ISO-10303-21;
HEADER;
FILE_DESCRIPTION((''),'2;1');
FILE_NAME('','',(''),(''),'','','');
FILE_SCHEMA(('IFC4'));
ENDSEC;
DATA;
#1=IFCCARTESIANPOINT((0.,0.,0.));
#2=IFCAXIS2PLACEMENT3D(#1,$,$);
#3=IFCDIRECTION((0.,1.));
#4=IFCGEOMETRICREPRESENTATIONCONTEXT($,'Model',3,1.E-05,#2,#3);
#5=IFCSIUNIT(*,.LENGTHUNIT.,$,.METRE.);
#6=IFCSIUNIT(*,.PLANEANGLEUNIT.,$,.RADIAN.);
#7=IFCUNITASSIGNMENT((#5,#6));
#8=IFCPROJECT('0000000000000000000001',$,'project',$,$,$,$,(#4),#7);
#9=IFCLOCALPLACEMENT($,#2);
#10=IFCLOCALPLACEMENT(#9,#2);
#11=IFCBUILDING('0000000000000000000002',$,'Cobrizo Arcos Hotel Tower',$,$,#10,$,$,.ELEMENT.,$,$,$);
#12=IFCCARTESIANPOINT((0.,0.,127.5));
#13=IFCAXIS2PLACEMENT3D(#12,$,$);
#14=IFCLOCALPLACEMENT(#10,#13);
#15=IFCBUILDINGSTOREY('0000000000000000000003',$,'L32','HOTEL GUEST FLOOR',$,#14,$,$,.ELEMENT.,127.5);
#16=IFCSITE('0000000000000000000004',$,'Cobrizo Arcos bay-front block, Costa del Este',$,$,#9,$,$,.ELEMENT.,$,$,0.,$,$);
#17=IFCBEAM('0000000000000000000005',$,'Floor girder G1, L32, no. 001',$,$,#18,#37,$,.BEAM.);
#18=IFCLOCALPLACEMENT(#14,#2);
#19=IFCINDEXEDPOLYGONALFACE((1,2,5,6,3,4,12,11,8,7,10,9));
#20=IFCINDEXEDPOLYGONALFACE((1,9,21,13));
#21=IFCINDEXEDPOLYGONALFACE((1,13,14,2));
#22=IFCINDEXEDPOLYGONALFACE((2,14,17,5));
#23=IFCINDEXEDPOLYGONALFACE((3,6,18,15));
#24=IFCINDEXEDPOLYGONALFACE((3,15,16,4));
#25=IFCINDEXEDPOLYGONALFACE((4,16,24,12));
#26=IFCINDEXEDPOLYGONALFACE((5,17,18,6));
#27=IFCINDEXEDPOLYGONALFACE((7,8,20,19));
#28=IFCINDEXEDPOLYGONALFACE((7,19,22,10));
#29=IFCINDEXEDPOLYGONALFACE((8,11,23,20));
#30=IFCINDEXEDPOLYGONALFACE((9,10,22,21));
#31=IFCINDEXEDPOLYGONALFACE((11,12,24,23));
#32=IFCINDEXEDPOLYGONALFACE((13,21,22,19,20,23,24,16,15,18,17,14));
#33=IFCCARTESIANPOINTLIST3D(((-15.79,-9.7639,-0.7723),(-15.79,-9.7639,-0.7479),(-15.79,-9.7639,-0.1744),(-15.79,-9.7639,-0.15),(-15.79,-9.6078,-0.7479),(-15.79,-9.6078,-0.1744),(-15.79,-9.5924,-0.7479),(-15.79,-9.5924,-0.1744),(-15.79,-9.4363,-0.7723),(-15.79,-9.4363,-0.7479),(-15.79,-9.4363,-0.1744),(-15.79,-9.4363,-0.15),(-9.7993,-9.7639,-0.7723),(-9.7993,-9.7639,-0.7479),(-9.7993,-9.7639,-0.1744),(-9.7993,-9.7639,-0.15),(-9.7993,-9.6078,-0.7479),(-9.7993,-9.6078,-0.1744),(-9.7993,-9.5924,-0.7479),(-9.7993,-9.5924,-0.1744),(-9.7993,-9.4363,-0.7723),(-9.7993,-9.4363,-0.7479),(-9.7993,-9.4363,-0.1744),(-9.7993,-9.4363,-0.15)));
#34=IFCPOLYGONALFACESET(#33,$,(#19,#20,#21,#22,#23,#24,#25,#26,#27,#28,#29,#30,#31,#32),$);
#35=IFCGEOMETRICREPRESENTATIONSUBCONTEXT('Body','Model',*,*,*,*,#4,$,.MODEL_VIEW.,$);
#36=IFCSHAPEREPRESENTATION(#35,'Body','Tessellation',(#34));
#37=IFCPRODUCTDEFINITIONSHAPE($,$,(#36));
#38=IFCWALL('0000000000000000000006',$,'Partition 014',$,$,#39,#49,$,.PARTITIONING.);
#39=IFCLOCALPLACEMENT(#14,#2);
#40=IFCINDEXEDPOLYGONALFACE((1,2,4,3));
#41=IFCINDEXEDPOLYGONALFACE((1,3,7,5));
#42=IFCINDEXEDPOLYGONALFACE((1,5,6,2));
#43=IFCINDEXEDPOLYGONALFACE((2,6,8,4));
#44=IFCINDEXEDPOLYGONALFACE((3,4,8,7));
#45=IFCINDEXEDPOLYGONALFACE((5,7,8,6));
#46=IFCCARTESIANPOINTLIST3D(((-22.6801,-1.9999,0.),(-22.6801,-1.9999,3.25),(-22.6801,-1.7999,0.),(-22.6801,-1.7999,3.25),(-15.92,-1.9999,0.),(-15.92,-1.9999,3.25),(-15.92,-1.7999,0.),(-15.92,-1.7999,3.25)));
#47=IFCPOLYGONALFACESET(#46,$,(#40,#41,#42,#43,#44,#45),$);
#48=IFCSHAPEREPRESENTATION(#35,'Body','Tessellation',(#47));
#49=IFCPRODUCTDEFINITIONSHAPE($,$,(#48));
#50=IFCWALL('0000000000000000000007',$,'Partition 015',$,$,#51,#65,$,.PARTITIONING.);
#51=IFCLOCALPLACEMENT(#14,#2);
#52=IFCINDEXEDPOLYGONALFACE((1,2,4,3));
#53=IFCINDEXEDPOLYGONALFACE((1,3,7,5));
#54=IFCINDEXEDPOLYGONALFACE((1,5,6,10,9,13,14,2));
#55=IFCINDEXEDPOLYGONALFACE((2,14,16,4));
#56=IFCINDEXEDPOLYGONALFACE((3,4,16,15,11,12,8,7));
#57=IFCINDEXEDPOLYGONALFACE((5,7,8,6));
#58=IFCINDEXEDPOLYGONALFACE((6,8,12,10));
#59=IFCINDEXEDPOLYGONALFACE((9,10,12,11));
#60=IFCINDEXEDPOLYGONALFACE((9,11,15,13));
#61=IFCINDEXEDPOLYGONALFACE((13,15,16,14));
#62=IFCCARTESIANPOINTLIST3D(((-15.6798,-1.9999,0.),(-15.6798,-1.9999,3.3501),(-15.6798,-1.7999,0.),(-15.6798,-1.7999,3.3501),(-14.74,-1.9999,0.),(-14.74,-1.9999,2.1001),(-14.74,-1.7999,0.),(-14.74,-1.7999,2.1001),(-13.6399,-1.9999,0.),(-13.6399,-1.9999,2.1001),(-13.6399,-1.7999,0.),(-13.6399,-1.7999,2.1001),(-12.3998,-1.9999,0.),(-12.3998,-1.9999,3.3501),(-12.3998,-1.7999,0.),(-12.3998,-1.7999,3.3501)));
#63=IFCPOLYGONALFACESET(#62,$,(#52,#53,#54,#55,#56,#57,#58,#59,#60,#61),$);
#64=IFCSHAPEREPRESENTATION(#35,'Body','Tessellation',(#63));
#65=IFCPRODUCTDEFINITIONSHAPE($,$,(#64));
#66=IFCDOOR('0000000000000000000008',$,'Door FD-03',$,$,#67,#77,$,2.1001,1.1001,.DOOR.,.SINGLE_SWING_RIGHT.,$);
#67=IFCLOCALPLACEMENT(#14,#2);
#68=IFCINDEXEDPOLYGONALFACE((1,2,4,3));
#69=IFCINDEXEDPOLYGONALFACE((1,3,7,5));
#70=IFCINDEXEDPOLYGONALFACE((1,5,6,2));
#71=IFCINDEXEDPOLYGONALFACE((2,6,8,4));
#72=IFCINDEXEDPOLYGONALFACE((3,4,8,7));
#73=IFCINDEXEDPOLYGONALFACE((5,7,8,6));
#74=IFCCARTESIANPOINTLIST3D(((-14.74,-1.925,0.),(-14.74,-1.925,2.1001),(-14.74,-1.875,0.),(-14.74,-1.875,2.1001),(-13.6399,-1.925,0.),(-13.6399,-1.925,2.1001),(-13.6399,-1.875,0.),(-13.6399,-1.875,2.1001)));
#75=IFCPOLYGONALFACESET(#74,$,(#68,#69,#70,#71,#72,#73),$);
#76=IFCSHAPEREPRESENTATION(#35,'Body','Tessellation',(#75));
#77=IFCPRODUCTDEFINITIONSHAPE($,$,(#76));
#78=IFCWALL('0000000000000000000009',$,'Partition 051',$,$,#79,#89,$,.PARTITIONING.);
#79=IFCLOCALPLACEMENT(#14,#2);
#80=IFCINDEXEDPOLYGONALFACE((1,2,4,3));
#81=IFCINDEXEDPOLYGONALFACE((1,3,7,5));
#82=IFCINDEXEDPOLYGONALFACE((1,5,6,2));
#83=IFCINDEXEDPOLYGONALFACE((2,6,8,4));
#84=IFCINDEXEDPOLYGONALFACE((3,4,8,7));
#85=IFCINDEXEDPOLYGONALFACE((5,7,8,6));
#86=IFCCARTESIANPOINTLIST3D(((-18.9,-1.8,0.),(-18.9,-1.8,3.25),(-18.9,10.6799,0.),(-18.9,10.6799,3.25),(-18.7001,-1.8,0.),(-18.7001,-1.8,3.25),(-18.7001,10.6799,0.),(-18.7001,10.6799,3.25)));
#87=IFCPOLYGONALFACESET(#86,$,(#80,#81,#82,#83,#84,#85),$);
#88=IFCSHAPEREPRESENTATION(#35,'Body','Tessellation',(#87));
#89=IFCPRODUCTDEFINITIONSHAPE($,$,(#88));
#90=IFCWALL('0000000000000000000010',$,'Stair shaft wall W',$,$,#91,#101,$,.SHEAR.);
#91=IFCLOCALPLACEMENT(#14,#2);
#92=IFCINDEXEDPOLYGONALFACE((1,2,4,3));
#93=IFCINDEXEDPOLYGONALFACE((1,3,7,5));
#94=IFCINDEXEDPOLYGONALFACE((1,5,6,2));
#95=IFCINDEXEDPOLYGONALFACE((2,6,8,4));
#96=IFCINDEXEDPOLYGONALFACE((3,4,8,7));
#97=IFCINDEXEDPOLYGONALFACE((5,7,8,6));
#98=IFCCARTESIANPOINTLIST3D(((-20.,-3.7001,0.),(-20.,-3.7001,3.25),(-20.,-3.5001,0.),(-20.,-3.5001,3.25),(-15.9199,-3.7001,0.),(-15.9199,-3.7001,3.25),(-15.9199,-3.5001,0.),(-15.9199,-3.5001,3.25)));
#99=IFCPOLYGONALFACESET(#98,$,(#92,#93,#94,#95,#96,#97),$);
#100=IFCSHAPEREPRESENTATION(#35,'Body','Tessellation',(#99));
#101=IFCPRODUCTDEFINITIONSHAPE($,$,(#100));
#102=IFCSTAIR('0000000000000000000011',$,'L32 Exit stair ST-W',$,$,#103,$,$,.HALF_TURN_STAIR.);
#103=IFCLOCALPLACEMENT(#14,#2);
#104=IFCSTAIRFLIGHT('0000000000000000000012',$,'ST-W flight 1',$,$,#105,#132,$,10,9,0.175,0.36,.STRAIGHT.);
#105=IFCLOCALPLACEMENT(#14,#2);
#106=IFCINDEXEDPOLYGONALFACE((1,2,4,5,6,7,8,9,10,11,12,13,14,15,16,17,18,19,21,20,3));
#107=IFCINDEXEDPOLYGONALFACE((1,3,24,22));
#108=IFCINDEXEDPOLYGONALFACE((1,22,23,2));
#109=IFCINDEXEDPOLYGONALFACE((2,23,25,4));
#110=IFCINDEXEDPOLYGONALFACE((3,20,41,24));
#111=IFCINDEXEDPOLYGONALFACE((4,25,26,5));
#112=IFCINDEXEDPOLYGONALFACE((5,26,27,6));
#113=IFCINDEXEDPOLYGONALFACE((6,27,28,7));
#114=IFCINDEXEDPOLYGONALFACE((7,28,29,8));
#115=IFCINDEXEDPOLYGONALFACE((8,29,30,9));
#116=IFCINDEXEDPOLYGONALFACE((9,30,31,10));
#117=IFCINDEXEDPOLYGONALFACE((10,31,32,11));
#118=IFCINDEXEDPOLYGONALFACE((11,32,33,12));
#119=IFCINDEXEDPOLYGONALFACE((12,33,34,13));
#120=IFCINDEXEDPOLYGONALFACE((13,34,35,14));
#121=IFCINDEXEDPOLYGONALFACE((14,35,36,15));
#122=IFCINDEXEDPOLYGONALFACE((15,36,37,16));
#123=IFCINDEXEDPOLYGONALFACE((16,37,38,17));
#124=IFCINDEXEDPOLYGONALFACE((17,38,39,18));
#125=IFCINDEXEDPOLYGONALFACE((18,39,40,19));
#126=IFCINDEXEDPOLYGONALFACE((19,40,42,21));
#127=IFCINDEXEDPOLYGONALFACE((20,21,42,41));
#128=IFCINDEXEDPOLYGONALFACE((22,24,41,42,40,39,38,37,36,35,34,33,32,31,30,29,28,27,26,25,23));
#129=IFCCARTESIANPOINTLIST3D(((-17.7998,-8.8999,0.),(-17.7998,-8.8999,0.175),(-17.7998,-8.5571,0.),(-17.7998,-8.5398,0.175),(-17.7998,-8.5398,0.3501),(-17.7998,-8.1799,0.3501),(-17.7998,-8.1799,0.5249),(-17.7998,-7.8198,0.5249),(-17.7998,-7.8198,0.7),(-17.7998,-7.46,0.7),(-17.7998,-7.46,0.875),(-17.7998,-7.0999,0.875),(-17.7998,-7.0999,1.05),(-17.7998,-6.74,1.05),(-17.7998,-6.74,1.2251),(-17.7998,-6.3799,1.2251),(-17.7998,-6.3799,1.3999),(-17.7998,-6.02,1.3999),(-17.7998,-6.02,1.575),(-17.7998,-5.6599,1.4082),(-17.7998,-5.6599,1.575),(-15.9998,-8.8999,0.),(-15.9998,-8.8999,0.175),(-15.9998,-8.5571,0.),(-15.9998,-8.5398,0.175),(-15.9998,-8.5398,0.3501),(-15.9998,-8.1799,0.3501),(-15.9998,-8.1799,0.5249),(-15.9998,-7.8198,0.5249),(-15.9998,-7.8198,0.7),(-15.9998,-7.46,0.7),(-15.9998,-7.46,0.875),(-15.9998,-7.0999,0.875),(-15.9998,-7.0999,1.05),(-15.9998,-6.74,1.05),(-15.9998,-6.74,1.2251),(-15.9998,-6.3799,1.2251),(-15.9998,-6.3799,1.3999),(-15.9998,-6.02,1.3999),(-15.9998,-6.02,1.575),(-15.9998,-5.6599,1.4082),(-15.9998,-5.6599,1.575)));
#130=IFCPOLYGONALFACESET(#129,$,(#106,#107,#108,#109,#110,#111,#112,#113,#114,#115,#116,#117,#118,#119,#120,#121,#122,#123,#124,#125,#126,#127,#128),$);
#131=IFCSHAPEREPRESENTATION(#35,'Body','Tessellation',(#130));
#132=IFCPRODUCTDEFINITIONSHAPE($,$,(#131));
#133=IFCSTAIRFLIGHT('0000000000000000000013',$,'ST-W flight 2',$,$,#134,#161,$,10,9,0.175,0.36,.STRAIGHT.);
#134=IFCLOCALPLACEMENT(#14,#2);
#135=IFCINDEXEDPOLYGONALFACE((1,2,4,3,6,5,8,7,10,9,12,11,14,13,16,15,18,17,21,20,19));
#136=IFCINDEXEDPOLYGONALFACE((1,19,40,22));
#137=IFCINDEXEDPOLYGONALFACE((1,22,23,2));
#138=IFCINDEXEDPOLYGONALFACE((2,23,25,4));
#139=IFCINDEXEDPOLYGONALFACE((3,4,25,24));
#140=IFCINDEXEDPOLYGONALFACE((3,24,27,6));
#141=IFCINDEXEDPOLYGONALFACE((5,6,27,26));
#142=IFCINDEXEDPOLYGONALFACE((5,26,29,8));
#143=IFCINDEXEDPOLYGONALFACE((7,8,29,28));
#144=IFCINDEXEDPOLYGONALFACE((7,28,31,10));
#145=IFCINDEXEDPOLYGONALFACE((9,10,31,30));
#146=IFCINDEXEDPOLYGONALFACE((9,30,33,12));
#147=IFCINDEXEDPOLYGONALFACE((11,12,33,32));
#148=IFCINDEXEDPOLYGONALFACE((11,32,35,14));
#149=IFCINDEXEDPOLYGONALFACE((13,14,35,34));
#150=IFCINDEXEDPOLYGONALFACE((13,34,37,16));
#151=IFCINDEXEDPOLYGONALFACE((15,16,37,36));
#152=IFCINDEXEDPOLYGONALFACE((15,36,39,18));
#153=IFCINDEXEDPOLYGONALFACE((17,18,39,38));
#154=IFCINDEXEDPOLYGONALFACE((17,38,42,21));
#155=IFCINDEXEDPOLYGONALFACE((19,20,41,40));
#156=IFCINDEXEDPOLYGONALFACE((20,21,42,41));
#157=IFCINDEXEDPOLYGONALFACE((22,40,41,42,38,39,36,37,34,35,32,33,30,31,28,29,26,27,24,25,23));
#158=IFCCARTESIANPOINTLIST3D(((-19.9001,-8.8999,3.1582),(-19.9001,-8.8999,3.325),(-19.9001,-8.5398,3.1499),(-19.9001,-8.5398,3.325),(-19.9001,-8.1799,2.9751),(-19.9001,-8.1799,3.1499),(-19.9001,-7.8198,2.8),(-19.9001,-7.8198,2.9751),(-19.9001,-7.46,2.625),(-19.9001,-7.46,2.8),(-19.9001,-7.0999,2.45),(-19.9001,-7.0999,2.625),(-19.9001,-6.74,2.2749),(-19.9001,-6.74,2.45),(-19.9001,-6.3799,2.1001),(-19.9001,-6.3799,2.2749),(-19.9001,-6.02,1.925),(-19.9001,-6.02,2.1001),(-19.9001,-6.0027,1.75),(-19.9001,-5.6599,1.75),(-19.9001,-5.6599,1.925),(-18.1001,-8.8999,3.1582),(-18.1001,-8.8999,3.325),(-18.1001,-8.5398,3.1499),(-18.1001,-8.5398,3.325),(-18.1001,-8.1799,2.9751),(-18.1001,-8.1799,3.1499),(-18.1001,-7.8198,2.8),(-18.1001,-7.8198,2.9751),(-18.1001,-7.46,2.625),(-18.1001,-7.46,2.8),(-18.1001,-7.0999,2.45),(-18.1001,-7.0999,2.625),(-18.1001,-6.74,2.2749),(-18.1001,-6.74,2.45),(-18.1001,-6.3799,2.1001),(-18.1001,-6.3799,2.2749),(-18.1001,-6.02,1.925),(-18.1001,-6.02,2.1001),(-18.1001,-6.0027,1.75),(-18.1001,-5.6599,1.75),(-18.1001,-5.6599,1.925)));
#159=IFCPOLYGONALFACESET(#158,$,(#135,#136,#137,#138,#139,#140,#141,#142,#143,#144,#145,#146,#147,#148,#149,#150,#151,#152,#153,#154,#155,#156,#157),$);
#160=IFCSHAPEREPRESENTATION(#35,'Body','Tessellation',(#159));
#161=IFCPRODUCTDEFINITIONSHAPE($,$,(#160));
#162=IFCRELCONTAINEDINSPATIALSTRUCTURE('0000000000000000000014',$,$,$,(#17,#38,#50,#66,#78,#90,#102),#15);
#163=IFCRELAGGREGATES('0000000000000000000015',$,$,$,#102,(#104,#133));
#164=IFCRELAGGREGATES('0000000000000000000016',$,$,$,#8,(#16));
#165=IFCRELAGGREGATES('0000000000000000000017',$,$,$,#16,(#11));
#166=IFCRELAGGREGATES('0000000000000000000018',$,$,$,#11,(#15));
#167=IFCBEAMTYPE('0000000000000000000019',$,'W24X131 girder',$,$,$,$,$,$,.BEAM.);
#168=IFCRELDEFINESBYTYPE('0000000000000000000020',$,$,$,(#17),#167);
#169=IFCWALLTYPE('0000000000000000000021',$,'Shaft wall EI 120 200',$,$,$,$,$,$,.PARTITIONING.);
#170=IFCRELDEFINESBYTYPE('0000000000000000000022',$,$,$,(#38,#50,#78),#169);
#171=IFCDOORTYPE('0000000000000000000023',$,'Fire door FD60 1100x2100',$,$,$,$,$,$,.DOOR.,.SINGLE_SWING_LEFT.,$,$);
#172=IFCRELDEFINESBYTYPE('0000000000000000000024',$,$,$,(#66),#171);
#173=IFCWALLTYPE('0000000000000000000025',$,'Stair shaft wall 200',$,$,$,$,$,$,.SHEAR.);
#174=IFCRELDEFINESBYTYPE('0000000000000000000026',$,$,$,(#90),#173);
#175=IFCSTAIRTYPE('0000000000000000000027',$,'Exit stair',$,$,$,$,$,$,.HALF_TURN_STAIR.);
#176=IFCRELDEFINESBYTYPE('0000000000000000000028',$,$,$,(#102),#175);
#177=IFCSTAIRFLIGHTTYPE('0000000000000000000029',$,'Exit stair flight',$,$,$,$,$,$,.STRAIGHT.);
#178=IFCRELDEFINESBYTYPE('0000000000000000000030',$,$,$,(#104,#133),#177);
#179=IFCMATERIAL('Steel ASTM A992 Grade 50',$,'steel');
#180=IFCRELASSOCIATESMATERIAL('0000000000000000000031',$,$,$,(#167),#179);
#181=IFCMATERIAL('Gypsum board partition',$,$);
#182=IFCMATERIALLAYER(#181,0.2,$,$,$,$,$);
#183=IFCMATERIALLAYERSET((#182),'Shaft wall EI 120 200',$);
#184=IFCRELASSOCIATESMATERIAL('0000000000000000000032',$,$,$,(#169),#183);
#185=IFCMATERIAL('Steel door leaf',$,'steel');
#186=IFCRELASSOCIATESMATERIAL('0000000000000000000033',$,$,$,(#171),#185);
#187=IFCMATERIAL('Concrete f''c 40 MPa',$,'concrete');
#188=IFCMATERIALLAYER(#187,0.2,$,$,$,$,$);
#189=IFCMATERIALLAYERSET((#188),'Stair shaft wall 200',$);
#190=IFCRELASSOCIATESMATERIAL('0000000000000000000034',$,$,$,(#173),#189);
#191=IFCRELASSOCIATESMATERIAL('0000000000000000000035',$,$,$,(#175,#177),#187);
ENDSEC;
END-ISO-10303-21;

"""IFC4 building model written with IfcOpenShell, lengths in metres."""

from ifc_helpers import new_model, si_unit, direction, frame, frame_2d, origin, origin_2d, place, context, subcontext, project, spatial, polyline, rectangle, i_section, outline, extrude, material, layer, layer_set, material_profile, profile_set, type_object, element, fill, aggregate, save


model = new_model("IFC4")

# Units and contexts
model_context = context("Model", 3, precision=1e-05, world=origin(), true_north=direction((0.0, 1.0)))
body_context = subcontext(model_context, "Body", "Model", "MODEL_VIEW")
ifc_project = project(units=[si_unit("LENGTHUNIT", "METRE"), si_unit("PLANEANGLEUNIT", "RADIAN")], contexts=[model_context])

# Site, building, storey
site_placement = place(None, origin())
site = spatial("IfcSite", under=ifc_project, at=site_placement, Name="Cobrizo Arcos bay-front block, Costa del Este", CompositionType="ELEMENT", RefElevation=0.0)
building_placement = place(site_placement, origin())
building = spatial("IfcBuilding", under=site, at=building_placement, Name="Cobrizo Arcos Hotel Tower", CompositionType="ELEMENT")
storey_placement = place(building_placement, frame((0.0, 0.0, 127.5)))
storey = spatial("IfcBuildingStorey", under=building, at=storey_placement, Name="L32", Description="HOTEL GUEST FLOOR", CompositionType="ELEMENT", Elevation=127.5)

# Beam
ifc_material_1 = material(Name="Steel ASTM A992 Grade 50", Category="steel")
ifc_material_profile = material_profile(ifc_material_1, i_section(OverallWidth=0.3276, OverallDepth=0.6223, WebThickness=0.0154, FlangeThickness=0.0244, at=origin_2d()), Name="W24X131")
ifc_profile_set = profile_set([ifc_material_profile], Name="Steel ASTM A992 Grade 50")
beam_type = type_object("IfcBeamType", Name="W24X131 girder", PredefinedType="BEAM", material=ifc_profile_set)
beam_placement = place(storey_placement, frame((-15.79, -9.6001, -0.4612), z_axis=(1.0, 0.0, 0.0), x_axis=(0.0, 1.0, 0.0)))
element("IfcBeam", 1, at=beam_placement, inside=storey, type_object=beam_type, Name="Floor girder G1, L32, no. 001", PredefinedType="BEAM", context=body_context, shape_type="SweptSolid", body=[
    extrude(i_section(OverallWidth=0.3276, OverallDepth=0.6223, WebThickness=0.0154, FlangeThickness=0.0244, at=origin_2d()), origin(), (0.0, 0.0, 1.0), 5.9907),
])

# Wall
ifc_material_2 = material(Name="Gypsum board partition")
ifc_layer_1 = layer(ifc_material_2, 0.2)
ifc_layer_set_1 = layer_set([ifc_layer_1], Name="Shaft wall EI 120 200")
wall_type_1 = type_object("IfcWallType", Name="Shaft wall EI 120 200", PredefinedType="PARTITIONING", material=ifc_layer_set_1)
wall_1_placement = place(storey_placement, frame((-22.6799, -1.8999, 0.0), z_axis=(0.0, 0.0, 1.0), x_axis=(1.0, 0.0, 0.0)))
element("IfcWall", 2, at=wall_1_placement, inside=storey, type_object=wall_type_1, Name="Partition 014", PredefinedType="PARTITIONING", context=body_context, shape_type="SweptSolid", body=[
    extrude(rectangle(XDim=6.76, YDim=0.2, at=frame_2d((3.3799, 0.0))), origin(), (0.0, 0.0, 1.0), 3.25),
])

# Wall, opening, door
wall_2_placement = place(storey_placement, frame((-15.6799, -1.8999, 0.0), z_axis=(0.0, 0.0, 1.0), x_axis=(1.0, 0.0, 0.0)))
wall_2 = element("IfcWall", 3, at=wall_2_placement, inside=storey, type_object=wall_type_1, Name="Partition 015", PredefinedType="PARTITIONING", context=body_context, shape_type="SweptSolid", body=[
    extrude(rectangle(XDim=3.28, YDim=0.2, at=frame_2d((1.6401, 0.0))), origin(), (0.0, 0.0, 1.0), 3.3501),
])
opening_placement = place(wall_2_placement, frame((0.9399, 0.0, 0.0)))
opening = element("IfcOpeningElement", 4, at=opening_placement, cuts=wall_2, PredefinedType="OPENING", context=body_context, shape_type="SweptSolid", body=[
    extrude(rectangle(XDim=1.1001, YDim=2.1001, at=frame_2d((0.55, 1.05))), frame((0.0, 0.1121, 0.0), z_axis=(0.0, -1.0, 0.0), x_axis=(1.0, 0.0, 0.0)), (0.0, 0.0, 1.0), 0.2239),
])
ifc_material_3 = material(Name="Steel door leaf", Category="steel")
door_type = type_object("IfcDoorType", Name="Fire door FD60 1100x2100", OperationType="SINGLE_SWING_LEFT", PredefinedType="DOOR", material=ifc_material_3)
door_placement = place(opening_placement, origin())
door = element("IfcDoor", 5, at=door_placement, inside=storey, type_object=door_type, Name="Door FD-03", OperationType="SINGLE_SWING_RIGHT", OverallHeight=2.1001, OverallWidth=1.1001, PredefinedType="DOOR", context=body_context, shape_type="SweptSolid", body=[
    extrude(rectangle(XDim=1.1001, YDim=2.1001, at=frame_2d((0.55, 1.05))), frame((0.0, 0.0249, 0.0), z_axis=(0.0, -1.0, 0.0), x_axis=(1.0, 0.0, 0.0)), (0.0, 0.0, 1.0), 0.05),
])
fill(opening, door)

# Walls
wall_3_placement = place(storey_placement, frame((-18.8, -1.8, 0.0), z_axis=(0.0, 0.0, 1.0), x_axis=(0.0, 1.0, 0.0)))
element("IfcWall", 6, at=wall_3_placement, inside=storey, type_object=wall_type_1, Name="Partition 051", PredefinedType="PARTITIONING", context=body_context, shape_type="SweptSolid", body=[
    extrude(rectangle(XDim=12.48, YDim=0.2, at=frame_2d((6.24, 0.0))), origin(), (0.0, 0.0, 1.0), 3.25),
])
ifc_material_4 = material(Name="Concrete f'c 40 MPa", Category="concrete")
ifc_layer_2 = layer(ifc_material_4, 0.2)
ifc_layer_set_2 = layer_set([ifc_layer_2], Name="Stair shaft wall 200")
wall_type_2 = type_object("IfcWallType", Name="Stair shaft wall 200", PredefinedType="SHEAR", material=ifc_layer_set_2)
wall_4_placement = place(storey_placement, frame((-20.0, -3.6001, 0.0), z_axis=(0.0, 0.0, 1.0), x_axis=(1.0, 0.0, 0.0)))
element("IfcWall", 7, at=wall_4_placement, inside=storey, type_object=wall_type_2, Name="Stair shaft wall W", PredefinedType="SHEAR", context=body_context, shape_type="SweptSolid", body=[
    extrude(rectangle(XDim=4.0801, YDim=0.2, at=frame_2d((2.04, 0.0))), origin(), (0.0, 0.0, 1.0), 3.25),
])

# Stair, stair flights
stair_type = type_object("IfcStairType", Name="Exit stair", PredefinedType="HALF_TURN_STAIR", material=ifc_material_4)
stair_placement = place(storey_placement, origin())
stair = element("IfcStair", 8, at=stair_placement, inside=storey, type_object=stair_type, Name="L32 Exit stair ST-W", PredefinedType="HALF_TURN_STAIR")
stair_flight_type = type_object("IfcStairFlightType", Name="Exit stair flight", PredefinedType="STRAIGHT", material=ifc_material_4)
stair_flight_1_placement = place(storey_placement, frame((-16.8999, -8.8999, 0.0), z_axis=(0.0, 0.0, 1.0), x_axis=(0.0, 1.0, 0.0)))
stair_flight_1 = element("IfcStairFlight", 9, at=stair_flight_1_placement, type_object=stair_flight_type, Name="ST-W flight 1", NumberOfRisers=10, NumberOfTreads=9, PredefinedType="STRAIGHT", RiserHeight=0.175, TreadLength=0.36, context=body_context, shape_type="SweptSolid", body=[
    extrude(outline(polyline([(0.0, 0.0), (0.0, 0.175), (0.3601, 0.175), (0.3601, 0.3501), (0.72, 0.3501), (0.72, 0.5249), (1.0801, 0.5249), (1.0801, 0.7), (1.4399, 0.7), (1.4399, 0.875), (1.8, 0.875), (1.8, 1.05), (2.1599, 1.05), (2.1599, 1.2251), (2.52, 1.2251), (2.52, 1.3999), (2.8799, 1.3999), (2.8799, 1.575), (3.24, 1.575), (3.24, 1.75), (3.24, 1.4082), (0.3428, 0.0), (0.0, 0.0)])), frame((0.0, 0.8999, 0.0), z_axis=(0.0, -1.0, 0.0), x_axis=(1.0, 0.0, 0.0)), (0.0, 0.0, 1.0), 1.8),
])
stair_flight_2_placement = place(storey_placement, frame((-19.0, -5.6599, 1.75), z_axis=(0.0, 0.0, 1.0), x_axis=(0.0, -1.0, 0.0)))
stair_flight_2 = element("IfcStairFlight", 10, at=stair_flight_2_placement, type_object=stair_flight_type, Name="ST-W flight 2", NumberOfRisers=10, NumberOfTreads=9, PredefinedType="STRAIGHT", RiserHeight=0.175, TreadLength=0.36, context=body_context, shape_type="SweptSolid", body=[
    extrude(outline(polyline([(0.0, 0.0), (0.0, 0.175), (0.3601, 0.175), (0.3601, 0.3501), (0.72, 0.3501), (0.72, 0.5249), (1.0801, 0.5249), (1.0801, 0.7), (1.4399, 0.7), (1.4399, 0.875), (1.8, 0.875), (1.8, 1.05), (2.1599, 1.05), (2.1599, 1.2251), (2.52, 1.2251), (2.52, 1.3999), (2.8799, 1.3999), (2.8799, 1.575), (3.24, 1.575), (3.24, 1.75), (3.24, 1.4082), (0.3428, 0.0), (0.0, 0.0)])), frame((0.0, 0.8999, 0.0), z_axis=(0.0, -1.0, 0.0), x_axis=(1.0, 0.0, 0.0)), (0.0, 0.0, 1.0), 1.8),
])
aggregate(stair, [stair_flight_1, stair_flight_2])

save(model, "model.ifc")
